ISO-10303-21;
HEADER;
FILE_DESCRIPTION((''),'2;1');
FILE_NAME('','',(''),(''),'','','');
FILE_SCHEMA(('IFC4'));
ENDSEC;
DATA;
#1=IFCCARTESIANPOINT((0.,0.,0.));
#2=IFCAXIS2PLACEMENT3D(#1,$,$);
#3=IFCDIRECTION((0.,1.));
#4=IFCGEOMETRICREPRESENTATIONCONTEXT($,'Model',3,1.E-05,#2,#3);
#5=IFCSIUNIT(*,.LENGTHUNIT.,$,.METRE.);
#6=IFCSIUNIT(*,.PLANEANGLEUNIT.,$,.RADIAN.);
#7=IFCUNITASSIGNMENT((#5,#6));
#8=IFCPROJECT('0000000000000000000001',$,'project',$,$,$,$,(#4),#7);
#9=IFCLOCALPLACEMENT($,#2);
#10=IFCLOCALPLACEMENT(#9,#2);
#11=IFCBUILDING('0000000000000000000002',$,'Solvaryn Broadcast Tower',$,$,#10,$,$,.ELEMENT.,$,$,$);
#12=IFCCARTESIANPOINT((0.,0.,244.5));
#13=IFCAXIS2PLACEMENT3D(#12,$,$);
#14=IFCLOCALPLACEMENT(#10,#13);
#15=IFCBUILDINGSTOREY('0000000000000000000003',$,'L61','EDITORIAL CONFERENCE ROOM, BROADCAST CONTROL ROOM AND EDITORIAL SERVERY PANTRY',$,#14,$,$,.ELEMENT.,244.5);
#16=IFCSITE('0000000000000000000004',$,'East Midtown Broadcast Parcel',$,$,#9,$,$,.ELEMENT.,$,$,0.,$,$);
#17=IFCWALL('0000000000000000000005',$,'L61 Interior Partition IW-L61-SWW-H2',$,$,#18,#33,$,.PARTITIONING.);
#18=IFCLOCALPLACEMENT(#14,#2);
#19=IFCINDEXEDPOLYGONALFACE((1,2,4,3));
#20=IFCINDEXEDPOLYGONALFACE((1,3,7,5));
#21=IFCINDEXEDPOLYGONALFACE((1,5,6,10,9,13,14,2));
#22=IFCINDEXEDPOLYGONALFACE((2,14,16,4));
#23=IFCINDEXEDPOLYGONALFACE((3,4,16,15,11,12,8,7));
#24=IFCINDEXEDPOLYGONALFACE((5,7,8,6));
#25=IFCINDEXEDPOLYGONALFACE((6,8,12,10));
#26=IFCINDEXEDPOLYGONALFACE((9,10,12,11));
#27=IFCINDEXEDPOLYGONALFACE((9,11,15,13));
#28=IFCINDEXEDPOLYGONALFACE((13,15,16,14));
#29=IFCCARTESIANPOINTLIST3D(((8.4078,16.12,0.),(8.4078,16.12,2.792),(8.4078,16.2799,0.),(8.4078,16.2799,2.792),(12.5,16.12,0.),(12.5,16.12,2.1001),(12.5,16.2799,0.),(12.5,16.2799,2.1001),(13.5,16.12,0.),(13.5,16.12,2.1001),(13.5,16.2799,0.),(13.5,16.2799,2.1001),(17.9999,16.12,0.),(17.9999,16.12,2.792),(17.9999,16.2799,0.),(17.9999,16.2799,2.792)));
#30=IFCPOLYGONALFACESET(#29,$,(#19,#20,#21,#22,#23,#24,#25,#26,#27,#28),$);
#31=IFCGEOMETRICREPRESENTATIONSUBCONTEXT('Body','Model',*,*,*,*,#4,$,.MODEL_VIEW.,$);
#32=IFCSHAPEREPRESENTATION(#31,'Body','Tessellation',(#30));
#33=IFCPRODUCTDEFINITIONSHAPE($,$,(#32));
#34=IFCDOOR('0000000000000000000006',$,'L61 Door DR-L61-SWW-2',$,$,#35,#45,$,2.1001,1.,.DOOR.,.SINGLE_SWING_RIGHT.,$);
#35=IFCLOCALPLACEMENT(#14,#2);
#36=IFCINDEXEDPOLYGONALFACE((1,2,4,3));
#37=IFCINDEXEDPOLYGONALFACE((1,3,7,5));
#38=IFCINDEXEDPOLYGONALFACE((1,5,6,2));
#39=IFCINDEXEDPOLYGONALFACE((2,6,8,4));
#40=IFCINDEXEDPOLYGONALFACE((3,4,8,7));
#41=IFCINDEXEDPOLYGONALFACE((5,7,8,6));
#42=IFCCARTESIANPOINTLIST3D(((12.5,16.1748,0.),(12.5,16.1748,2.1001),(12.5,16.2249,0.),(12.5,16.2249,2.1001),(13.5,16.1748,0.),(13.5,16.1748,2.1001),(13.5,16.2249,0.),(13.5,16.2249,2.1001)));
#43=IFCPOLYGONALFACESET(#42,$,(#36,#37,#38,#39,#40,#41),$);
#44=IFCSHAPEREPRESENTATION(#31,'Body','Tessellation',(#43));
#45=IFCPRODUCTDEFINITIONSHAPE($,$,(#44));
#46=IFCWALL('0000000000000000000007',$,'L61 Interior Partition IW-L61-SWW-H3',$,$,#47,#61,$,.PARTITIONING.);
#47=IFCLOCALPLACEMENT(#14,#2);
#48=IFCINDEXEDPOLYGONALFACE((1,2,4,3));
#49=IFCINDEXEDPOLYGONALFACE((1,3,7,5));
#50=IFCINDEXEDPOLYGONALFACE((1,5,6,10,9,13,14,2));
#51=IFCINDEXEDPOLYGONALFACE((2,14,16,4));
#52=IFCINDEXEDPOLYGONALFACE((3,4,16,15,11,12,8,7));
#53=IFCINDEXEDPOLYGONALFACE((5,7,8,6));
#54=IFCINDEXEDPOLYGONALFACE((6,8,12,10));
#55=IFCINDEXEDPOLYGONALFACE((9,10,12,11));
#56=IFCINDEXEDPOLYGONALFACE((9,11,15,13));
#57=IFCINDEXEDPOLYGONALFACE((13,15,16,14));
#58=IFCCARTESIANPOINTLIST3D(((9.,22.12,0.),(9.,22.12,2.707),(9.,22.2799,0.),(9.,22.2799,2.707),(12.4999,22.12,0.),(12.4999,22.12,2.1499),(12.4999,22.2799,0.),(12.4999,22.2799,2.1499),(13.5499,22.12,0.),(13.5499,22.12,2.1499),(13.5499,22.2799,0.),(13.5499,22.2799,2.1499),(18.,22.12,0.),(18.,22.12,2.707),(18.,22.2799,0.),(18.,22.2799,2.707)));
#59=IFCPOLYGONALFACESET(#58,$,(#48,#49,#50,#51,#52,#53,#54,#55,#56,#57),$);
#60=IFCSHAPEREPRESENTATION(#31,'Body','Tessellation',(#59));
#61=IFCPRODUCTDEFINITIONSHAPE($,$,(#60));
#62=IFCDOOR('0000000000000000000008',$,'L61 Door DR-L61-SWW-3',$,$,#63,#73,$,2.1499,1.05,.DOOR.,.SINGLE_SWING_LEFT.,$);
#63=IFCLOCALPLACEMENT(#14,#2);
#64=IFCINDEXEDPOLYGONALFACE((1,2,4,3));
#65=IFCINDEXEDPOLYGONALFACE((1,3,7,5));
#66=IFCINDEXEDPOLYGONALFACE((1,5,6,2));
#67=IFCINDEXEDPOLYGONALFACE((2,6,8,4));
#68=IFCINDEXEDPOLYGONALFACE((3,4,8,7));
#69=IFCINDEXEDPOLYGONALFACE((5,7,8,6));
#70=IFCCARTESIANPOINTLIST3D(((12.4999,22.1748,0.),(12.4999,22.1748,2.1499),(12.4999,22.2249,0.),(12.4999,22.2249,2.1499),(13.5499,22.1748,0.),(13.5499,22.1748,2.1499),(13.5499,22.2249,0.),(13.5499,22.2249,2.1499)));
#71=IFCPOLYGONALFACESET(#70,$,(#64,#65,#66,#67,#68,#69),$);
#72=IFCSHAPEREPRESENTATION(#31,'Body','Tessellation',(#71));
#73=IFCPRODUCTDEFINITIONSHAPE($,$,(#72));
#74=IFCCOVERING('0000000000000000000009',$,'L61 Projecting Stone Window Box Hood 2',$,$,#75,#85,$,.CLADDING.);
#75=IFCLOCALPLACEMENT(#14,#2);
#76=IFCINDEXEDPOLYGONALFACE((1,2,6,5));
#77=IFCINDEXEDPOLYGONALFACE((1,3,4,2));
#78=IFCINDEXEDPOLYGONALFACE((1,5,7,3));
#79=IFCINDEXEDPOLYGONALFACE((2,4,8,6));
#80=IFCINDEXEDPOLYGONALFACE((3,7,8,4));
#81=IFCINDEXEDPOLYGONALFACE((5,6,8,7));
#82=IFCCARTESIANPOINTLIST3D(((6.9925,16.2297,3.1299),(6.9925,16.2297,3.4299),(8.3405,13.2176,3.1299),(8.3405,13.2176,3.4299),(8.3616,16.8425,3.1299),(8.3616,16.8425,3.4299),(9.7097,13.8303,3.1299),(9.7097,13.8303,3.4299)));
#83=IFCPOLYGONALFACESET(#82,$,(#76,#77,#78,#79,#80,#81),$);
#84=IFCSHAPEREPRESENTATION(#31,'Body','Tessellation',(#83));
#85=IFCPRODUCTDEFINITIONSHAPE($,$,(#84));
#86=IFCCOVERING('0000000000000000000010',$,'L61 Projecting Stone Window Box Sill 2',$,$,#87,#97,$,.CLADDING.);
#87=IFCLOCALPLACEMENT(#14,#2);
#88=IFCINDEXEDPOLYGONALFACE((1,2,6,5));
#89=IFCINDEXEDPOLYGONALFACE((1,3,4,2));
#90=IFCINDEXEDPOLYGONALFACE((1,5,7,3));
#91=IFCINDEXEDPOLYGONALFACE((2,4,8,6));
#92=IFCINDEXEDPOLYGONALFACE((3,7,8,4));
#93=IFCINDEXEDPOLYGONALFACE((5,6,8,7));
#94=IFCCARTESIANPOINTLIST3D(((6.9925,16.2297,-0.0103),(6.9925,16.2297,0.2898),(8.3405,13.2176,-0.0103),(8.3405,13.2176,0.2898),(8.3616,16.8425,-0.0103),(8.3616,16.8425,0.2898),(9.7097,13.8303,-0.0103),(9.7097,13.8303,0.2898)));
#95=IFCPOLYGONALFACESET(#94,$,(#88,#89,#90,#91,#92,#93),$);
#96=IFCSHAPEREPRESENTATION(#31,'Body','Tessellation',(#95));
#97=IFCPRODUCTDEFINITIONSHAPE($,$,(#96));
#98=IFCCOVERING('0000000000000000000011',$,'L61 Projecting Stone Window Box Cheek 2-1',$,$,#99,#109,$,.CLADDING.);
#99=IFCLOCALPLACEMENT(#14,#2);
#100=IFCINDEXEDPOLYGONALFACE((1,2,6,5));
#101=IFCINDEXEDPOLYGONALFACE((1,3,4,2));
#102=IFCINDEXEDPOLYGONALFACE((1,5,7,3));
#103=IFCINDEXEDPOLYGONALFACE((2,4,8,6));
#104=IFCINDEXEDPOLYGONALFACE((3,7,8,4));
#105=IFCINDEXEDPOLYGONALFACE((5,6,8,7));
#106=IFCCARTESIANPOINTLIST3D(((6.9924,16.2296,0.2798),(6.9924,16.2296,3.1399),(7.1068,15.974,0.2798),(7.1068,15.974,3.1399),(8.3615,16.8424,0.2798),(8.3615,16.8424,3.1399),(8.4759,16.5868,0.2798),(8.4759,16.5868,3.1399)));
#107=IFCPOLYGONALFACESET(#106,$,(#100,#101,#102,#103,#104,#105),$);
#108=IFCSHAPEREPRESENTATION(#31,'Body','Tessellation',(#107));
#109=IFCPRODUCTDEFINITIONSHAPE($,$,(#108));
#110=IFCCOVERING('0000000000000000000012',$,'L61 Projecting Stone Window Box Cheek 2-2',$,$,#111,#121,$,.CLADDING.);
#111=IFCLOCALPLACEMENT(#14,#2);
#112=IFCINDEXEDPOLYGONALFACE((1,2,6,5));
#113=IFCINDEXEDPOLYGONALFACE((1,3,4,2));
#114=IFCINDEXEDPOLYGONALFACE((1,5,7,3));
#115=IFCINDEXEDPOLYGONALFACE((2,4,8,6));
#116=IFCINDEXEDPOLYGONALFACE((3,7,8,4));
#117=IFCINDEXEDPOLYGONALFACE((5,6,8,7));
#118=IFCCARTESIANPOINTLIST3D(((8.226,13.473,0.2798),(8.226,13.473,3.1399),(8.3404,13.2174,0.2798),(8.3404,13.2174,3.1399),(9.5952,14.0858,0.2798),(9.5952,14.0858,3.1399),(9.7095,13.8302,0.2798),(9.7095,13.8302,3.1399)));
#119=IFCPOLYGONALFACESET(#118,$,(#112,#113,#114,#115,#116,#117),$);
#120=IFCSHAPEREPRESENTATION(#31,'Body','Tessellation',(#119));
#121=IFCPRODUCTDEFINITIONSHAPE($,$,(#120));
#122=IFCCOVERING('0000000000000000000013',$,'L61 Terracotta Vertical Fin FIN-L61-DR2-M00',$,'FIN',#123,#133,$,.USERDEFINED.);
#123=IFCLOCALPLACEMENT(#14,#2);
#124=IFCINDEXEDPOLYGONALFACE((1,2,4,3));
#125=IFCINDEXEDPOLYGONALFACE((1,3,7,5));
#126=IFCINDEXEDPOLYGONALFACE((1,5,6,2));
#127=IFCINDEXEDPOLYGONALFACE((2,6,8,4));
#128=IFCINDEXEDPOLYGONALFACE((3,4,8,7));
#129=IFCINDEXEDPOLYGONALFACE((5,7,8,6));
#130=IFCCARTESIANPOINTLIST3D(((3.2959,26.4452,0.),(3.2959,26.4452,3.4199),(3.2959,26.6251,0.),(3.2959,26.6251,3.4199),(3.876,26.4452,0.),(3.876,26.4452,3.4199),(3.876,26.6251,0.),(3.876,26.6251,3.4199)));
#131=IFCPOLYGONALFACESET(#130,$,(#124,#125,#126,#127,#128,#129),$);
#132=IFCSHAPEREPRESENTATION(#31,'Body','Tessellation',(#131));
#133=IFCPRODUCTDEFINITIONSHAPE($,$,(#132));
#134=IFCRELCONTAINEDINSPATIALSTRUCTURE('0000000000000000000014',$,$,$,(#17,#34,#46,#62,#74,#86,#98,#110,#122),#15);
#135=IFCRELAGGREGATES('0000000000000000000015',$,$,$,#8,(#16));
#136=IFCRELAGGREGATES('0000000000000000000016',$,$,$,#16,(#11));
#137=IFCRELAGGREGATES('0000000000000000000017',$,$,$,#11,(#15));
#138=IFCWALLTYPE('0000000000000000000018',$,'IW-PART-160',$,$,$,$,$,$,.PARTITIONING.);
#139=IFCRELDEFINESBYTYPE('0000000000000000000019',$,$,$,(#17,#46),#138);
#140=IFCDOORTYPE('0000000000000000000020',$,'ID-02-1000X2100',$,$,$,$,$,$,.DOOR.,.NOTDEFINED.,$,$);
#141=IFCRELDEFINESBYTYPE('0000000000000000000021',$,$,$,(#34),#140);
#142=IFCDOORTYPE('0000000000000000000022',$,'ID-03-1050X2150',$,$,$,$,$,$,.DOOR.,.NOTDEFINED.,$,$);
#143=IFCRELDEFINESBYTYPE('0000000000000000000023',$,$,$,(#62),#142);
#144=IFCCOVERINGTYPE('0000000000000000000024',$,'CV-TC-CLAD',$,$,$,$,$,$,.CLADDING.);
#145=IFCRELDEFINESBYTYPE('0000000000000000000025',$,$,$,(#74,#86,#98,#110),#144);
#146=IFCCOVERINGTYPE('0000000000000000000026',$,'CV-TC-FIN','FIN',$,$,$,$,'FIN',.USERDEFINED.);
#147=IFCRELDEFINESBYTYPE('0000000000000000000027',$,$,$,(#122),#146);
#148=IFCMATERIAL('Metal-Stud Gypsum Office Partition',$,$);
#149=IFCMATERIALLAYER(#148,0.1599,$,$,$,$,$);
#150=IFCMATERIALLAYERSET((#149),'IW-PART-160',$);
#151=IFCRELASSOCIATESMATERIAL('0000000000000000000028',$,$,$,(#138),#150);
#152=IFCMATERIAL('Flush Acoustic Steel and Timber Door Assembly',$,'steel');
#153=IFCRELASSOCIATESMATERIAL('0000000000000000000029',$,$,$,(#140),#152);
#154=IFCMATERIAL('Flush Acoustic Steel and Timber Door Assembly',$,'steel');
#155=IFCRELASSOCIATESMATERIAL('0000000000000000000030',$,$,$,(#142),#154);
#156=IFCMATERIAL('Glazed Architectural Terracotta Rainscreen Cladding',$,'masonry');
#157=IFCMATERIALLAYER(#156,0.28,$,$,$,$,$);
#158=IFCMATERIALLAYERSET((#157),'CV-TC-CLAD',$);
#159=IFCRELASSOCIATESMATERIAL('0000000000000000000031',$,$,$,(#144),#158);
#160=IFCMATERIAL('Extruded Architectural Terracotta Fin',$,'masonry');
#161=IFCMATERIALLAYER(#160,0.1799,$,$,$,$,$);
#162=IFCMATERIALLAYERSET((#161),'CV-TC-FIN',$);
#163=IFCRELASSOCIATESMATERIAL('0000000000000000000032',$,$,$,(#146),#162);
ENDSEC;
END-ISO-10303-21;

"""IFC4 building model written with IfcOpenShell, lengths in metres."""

from ifc_helpers import new_model, si_unit, direction, frame, frame_2d, origin, origin_2d, place, context, subcontext, project, spatial, rectangle, extrude, material, layer, layer_set, type_object, element, fill, save


model = new_model("IFC4")

# Units and contexts
model_context = context("Model", 3, precision=1e-05, world=origin(), true_north=direction((0.0, 1.0)))
body_context = subcontext(model_context, "Body", "Model", "MODEL_VIEW")
ifc_project = project(units=[si_unit("LENGTHUNIT", "METRE"), si_unit("PLANEANGLEUNIT", "RADIAN")], contexts=[model_context])

# Site, building, storey
site_placement = place(None, origin())
site = spatial("IfcSite", under=ifc_project, at=site_placement, Name="East Midtown Broadcast Parcel", CompositionType="ELEMENT", RefElevation=0.0)
building_placement = place(site_placement, origin())
building = spatial("IfcBuilding", under=site, at=building_placement, Name="Solvaryn Broadcast Tower", CompositionType="ELEMENT")
storey_placement = place(building_placement, frame((0.0, 0.0, 244.5)))
storey = spatial("IfcBuildingStorey", under=building, at=storey_placement, Name="L61", Description="EDITORIAL CONFERENCE ROOM, BROADCAST CONTROL ROOM AND EDITORIAL SERVERY PANTRY", CompositionType="ELEMENT", Elevation=244.5)

# Shared definitions
ifc_material_1 = material(Name="Metal-Stud Gypsum Office Partition")
ifc_layer_1 = layer(ifc_material_1, 0.1599)
ifc_layer_set_1 = layer_set([ifc_layer_1], Name="IW-PART-160")
wall_type = type_object("IfcWallType", Name="IW-PART-160", PredefinedType="PARTITIONING", material=ifc_layer_set_1)

# Walls, openings, doors
wall_1_placement = place(storey_placement, frame((8.408, 16.2, 0.0), z_axis=(0.0, 0.0, 1.0), x_axis=(1.0, 0.0, 0.0)))
wall_1 = element("IfcWall", 1, at=wall_1_placement, inside=storey, type_object=wall_type, Name="L61 Interior Partition IW-L61-SWW-H2", PredefinedType="PARTITIONING", context=body_context, shape_type="SweptSolid", body=[
    extrude(rectangle(XDim=9.592, YDim=0.1599, at=frame_2d((4.7959, 0.0))), origin(), (0.0, 0.0, 1.0), 2.792),
])
opening_1_placement = place(wall_1_placement, frame((4.092, 0.0, 0.0)))
opening_1 = element("IfcOpeningElement", 2, at=opening_1_placement, cuts=wall_1, PredefinedType="OPENING", context=body_context, shape_type="SweptSolid", body=[
    extrude(rectangle(XDim=1.0, YDim=2.1001, at=frame_2d((0.5, 1.05))), frame((0.0, 0.0901, 0.0), z_axis=(0.0, -1.0, 0.0), x_axis=(1.0, 0.0, 0.0)), (0.0, 0.0, 1.0), 0.1799),
])
ifc_material_2 = material(Name="Flush Acoustic Steel and Timber Door Assembly", Category="steel")
door_type_1 = type_object("IfcDoorType", Name="ID-02-1000X2100", OperationType="NOTDEFINED", PredefinedType="DOOR", material=ifc_material_2)
door_1_placement = place(opening_1_placement, origin())
door_1 = element("IfcDoor", 3, at=door_1_placement, inside=storey, type_object=door_type_1, Name="L61 Door DR-L61-SWW-2", OperationType="SINGLE_SWING_RIGHT", OverallHeight=2.1001, OverallWidth=1.0, PredefinedType="DOOR", context=body_context, shape_type="SweptSolid", body=[
    extrude(rectangle(XDim=1.0, YDim=2.1001, at=frame_2d((0.5, 1.05))), frame((0.0, 0.0249, 0.0), z_axis=(0.0, -1.0, 0.0), x_axis=(1.0, 0.0, 0.0)), (0.0, 0.0, 1.0), 0.05),
])
fill(opening_1, door_1)
wall_2_placement = place(storey_placement, frame((9.0, 22.2, 0.0), z_axis=(0.0, 0.0, 1.0), x_axis=(1.0, 0.0, 0.0)))
wall_2 = element("IfcWall", 4, at=wall_2_placement, inside=storey, type_object=wall_type, Name="L61 Interior Partition IW-L61-SWW-H3", PredefinedType="PARTITIONING", context=body_context, shape_type="SweptSolid", body=[
    extrude(rectangle(XDim=9.0, YDim=0.1599, at=frame_2d((4.5, 0.0))), origin(), (0.0, 0.0, 1.0), 2.707),
])
opening_2_placement = place(wall_2_placement, frame((3.5, 0.0, 0.0)))
opening_2 = element("IfcOpeningElement", 5, at=opening_2_placement, cuts=wall_2, PredefinedType="OPENING", context=body_context, shape_type="SweptSolid", body=[
    extrude(rectangle(XDim=1.05, YDim=2.1499, at=frame_2d((0.5249, 1.075))), frame((0.0, 0.0901, 0.0), z_axis=(0.0, -1.0, 0.0), x_axis=(1.0, 0.0, 0.0)), (0.0, 0.0, 1.0), 0.1799),
])
ifc_material_3 = material(Name="Flush Acoustic Steel and Timber Door Assembly", Category="steel")
door_type_2 = type_object("IfcDoorType", Name="ID-03-1050X2150", OperationType="NOTDEFINED", PredefinedType="DOOR", material=ifc_material_3)
door_2_placement = place(opening_2_placement, origin())
door_2 = element("IfcDoor", 6, at=door_2_placement, inside=storey, type_object=door_type_2, Name="L61 Door DR-L61-SWW-3", OperationType="SINGLE_SWING_LEFT", OverallHeight=2.1499, OverallWidth=1.05, PredefinedType="DOOR", context=body_context, shape_type="SweptSolid", body=[
    extrude(rectangle(XDim=1.05, YDim=2.1499, at=frame_2d((0.5249, 1.075))), frame((0.0, 0.0249, 0.0), z_axis=(0.0, -1.0, 0.0), x_axis=(1.0, 0.0, 0.0)), (0.0, 0.0, 1.0), 0.05),
])
fill(opening_2, door_2)

# Coverings
ifc_material_4 = material(Name="Glazed Architectural Terracotta Rainscreen Cladding", Category="masonry")
ifc_layer_2 = layer(ifc_material_4, 0.28)
ifc_layer_set_2 = layer_set([ifc_layer_2], Name="CV-TC-CLAD")
covering_type_1 = type_object("IfcCoveringType", Name="CV-TC-CLAD", PredefinedType="CLADDING", material=ifc_layer_set_2)
for number, where, z_axis, x_axis, name in (
    (7, (8.3511, 15.03, 3.1299), (0.0, 0.0, 1.0), (0.40849, -0.912763, 0.0), "L61 Projecting Stone Window Box Hood 2"),
    (8, (8.3511, 15.03, -0.0103), (0.0, 0.0, 1.0), (0.40849, -0.912763, 0.0), "L61 Projecting Stone Window Box Sill 2"),
):
    element("IfcCovering", number, at=place(storey_placement, frame(where, z_axis=z_axis, x_axis=x_axis)), inside=storey, type_object=covering_type_1, Name=name, PredefinedType="CLADDING", context=body_context, shape_type="SweptSolid", body=[
        extrude(rectangle(XDim=3.3, YDim=1.5, at=origin_2d()), origin(), (0.0, 0.0, 1.0), 0.3),
    ])
for number, where, z_axis, x_axis, name in (
    (9, (7.7341, 16.4082, 0.2798), (0.0, 0.0, 1.0), (0.40849, -0.912763, 0.0), "L61 Projecting Stone Window Box Cheek 2-1"),
    (10, (8.9678, 13.6516, 0.2798), (0.0, 0.0, 1.0), (0.40849, -0.912763, 0.0), "L61 Projecting Stone Window Box Cheek 2-2"),
):
    element("IfcCovering", number, at=place(storey_placement, frame(where, z_axis=z_axis, x_axis=x_axis)), inside=storey, type_object=covering_type_1, Name=name, PredefinedType="CLADDING", context=body_context, shape_type="SweptSolid", body=[
        extrude(rectangle(XDim=0.28, YDim=1.5, at=origin_2d()), origin(), (0.0, 0.0, 1.0), 2.8601),
    ])
ifc_material_5 = material(Name="Extruded Architectural Terracotta Fin", Category="masonry")
ifc_layer_3 = layer(ifc_material_5, 0.1799)
ifc_layer_set_3 = layer_set([ifc_layer_3], Name="CV-TC-FIN")
covering_type_2 = type_object("IfcCoveringType", Name="CV-TC-FIN", Description="FIN", ElementType="FIN", PredefinedType="USERDEFINED", material=ifc_layer_set_3)
covering_placement = place(storey_placement, frame((3.5859, 26.5352, 0.0), z_axis=(0.0, 0.0, 1.0), x_axis=(1.0, 0.0, 0.0)))
element("IfcCovering", 11, at=covering_placement, inside=storey, type_object=covering_type_2, Name="L61 Terracotta Vertical Fin FIN-L61-DR2-M00", ObjectType="FIN", PredefinedType="USERDEFINED", context=body_context, shape_type="SweptSolid", body=[
    extrude(rectangle(XDim=0.5801, YDim=0.1799, at=origin_2d()), origin(), (0.0, 0.0, 1.0), 3.4199),
])

save(model, "model.ifc")
